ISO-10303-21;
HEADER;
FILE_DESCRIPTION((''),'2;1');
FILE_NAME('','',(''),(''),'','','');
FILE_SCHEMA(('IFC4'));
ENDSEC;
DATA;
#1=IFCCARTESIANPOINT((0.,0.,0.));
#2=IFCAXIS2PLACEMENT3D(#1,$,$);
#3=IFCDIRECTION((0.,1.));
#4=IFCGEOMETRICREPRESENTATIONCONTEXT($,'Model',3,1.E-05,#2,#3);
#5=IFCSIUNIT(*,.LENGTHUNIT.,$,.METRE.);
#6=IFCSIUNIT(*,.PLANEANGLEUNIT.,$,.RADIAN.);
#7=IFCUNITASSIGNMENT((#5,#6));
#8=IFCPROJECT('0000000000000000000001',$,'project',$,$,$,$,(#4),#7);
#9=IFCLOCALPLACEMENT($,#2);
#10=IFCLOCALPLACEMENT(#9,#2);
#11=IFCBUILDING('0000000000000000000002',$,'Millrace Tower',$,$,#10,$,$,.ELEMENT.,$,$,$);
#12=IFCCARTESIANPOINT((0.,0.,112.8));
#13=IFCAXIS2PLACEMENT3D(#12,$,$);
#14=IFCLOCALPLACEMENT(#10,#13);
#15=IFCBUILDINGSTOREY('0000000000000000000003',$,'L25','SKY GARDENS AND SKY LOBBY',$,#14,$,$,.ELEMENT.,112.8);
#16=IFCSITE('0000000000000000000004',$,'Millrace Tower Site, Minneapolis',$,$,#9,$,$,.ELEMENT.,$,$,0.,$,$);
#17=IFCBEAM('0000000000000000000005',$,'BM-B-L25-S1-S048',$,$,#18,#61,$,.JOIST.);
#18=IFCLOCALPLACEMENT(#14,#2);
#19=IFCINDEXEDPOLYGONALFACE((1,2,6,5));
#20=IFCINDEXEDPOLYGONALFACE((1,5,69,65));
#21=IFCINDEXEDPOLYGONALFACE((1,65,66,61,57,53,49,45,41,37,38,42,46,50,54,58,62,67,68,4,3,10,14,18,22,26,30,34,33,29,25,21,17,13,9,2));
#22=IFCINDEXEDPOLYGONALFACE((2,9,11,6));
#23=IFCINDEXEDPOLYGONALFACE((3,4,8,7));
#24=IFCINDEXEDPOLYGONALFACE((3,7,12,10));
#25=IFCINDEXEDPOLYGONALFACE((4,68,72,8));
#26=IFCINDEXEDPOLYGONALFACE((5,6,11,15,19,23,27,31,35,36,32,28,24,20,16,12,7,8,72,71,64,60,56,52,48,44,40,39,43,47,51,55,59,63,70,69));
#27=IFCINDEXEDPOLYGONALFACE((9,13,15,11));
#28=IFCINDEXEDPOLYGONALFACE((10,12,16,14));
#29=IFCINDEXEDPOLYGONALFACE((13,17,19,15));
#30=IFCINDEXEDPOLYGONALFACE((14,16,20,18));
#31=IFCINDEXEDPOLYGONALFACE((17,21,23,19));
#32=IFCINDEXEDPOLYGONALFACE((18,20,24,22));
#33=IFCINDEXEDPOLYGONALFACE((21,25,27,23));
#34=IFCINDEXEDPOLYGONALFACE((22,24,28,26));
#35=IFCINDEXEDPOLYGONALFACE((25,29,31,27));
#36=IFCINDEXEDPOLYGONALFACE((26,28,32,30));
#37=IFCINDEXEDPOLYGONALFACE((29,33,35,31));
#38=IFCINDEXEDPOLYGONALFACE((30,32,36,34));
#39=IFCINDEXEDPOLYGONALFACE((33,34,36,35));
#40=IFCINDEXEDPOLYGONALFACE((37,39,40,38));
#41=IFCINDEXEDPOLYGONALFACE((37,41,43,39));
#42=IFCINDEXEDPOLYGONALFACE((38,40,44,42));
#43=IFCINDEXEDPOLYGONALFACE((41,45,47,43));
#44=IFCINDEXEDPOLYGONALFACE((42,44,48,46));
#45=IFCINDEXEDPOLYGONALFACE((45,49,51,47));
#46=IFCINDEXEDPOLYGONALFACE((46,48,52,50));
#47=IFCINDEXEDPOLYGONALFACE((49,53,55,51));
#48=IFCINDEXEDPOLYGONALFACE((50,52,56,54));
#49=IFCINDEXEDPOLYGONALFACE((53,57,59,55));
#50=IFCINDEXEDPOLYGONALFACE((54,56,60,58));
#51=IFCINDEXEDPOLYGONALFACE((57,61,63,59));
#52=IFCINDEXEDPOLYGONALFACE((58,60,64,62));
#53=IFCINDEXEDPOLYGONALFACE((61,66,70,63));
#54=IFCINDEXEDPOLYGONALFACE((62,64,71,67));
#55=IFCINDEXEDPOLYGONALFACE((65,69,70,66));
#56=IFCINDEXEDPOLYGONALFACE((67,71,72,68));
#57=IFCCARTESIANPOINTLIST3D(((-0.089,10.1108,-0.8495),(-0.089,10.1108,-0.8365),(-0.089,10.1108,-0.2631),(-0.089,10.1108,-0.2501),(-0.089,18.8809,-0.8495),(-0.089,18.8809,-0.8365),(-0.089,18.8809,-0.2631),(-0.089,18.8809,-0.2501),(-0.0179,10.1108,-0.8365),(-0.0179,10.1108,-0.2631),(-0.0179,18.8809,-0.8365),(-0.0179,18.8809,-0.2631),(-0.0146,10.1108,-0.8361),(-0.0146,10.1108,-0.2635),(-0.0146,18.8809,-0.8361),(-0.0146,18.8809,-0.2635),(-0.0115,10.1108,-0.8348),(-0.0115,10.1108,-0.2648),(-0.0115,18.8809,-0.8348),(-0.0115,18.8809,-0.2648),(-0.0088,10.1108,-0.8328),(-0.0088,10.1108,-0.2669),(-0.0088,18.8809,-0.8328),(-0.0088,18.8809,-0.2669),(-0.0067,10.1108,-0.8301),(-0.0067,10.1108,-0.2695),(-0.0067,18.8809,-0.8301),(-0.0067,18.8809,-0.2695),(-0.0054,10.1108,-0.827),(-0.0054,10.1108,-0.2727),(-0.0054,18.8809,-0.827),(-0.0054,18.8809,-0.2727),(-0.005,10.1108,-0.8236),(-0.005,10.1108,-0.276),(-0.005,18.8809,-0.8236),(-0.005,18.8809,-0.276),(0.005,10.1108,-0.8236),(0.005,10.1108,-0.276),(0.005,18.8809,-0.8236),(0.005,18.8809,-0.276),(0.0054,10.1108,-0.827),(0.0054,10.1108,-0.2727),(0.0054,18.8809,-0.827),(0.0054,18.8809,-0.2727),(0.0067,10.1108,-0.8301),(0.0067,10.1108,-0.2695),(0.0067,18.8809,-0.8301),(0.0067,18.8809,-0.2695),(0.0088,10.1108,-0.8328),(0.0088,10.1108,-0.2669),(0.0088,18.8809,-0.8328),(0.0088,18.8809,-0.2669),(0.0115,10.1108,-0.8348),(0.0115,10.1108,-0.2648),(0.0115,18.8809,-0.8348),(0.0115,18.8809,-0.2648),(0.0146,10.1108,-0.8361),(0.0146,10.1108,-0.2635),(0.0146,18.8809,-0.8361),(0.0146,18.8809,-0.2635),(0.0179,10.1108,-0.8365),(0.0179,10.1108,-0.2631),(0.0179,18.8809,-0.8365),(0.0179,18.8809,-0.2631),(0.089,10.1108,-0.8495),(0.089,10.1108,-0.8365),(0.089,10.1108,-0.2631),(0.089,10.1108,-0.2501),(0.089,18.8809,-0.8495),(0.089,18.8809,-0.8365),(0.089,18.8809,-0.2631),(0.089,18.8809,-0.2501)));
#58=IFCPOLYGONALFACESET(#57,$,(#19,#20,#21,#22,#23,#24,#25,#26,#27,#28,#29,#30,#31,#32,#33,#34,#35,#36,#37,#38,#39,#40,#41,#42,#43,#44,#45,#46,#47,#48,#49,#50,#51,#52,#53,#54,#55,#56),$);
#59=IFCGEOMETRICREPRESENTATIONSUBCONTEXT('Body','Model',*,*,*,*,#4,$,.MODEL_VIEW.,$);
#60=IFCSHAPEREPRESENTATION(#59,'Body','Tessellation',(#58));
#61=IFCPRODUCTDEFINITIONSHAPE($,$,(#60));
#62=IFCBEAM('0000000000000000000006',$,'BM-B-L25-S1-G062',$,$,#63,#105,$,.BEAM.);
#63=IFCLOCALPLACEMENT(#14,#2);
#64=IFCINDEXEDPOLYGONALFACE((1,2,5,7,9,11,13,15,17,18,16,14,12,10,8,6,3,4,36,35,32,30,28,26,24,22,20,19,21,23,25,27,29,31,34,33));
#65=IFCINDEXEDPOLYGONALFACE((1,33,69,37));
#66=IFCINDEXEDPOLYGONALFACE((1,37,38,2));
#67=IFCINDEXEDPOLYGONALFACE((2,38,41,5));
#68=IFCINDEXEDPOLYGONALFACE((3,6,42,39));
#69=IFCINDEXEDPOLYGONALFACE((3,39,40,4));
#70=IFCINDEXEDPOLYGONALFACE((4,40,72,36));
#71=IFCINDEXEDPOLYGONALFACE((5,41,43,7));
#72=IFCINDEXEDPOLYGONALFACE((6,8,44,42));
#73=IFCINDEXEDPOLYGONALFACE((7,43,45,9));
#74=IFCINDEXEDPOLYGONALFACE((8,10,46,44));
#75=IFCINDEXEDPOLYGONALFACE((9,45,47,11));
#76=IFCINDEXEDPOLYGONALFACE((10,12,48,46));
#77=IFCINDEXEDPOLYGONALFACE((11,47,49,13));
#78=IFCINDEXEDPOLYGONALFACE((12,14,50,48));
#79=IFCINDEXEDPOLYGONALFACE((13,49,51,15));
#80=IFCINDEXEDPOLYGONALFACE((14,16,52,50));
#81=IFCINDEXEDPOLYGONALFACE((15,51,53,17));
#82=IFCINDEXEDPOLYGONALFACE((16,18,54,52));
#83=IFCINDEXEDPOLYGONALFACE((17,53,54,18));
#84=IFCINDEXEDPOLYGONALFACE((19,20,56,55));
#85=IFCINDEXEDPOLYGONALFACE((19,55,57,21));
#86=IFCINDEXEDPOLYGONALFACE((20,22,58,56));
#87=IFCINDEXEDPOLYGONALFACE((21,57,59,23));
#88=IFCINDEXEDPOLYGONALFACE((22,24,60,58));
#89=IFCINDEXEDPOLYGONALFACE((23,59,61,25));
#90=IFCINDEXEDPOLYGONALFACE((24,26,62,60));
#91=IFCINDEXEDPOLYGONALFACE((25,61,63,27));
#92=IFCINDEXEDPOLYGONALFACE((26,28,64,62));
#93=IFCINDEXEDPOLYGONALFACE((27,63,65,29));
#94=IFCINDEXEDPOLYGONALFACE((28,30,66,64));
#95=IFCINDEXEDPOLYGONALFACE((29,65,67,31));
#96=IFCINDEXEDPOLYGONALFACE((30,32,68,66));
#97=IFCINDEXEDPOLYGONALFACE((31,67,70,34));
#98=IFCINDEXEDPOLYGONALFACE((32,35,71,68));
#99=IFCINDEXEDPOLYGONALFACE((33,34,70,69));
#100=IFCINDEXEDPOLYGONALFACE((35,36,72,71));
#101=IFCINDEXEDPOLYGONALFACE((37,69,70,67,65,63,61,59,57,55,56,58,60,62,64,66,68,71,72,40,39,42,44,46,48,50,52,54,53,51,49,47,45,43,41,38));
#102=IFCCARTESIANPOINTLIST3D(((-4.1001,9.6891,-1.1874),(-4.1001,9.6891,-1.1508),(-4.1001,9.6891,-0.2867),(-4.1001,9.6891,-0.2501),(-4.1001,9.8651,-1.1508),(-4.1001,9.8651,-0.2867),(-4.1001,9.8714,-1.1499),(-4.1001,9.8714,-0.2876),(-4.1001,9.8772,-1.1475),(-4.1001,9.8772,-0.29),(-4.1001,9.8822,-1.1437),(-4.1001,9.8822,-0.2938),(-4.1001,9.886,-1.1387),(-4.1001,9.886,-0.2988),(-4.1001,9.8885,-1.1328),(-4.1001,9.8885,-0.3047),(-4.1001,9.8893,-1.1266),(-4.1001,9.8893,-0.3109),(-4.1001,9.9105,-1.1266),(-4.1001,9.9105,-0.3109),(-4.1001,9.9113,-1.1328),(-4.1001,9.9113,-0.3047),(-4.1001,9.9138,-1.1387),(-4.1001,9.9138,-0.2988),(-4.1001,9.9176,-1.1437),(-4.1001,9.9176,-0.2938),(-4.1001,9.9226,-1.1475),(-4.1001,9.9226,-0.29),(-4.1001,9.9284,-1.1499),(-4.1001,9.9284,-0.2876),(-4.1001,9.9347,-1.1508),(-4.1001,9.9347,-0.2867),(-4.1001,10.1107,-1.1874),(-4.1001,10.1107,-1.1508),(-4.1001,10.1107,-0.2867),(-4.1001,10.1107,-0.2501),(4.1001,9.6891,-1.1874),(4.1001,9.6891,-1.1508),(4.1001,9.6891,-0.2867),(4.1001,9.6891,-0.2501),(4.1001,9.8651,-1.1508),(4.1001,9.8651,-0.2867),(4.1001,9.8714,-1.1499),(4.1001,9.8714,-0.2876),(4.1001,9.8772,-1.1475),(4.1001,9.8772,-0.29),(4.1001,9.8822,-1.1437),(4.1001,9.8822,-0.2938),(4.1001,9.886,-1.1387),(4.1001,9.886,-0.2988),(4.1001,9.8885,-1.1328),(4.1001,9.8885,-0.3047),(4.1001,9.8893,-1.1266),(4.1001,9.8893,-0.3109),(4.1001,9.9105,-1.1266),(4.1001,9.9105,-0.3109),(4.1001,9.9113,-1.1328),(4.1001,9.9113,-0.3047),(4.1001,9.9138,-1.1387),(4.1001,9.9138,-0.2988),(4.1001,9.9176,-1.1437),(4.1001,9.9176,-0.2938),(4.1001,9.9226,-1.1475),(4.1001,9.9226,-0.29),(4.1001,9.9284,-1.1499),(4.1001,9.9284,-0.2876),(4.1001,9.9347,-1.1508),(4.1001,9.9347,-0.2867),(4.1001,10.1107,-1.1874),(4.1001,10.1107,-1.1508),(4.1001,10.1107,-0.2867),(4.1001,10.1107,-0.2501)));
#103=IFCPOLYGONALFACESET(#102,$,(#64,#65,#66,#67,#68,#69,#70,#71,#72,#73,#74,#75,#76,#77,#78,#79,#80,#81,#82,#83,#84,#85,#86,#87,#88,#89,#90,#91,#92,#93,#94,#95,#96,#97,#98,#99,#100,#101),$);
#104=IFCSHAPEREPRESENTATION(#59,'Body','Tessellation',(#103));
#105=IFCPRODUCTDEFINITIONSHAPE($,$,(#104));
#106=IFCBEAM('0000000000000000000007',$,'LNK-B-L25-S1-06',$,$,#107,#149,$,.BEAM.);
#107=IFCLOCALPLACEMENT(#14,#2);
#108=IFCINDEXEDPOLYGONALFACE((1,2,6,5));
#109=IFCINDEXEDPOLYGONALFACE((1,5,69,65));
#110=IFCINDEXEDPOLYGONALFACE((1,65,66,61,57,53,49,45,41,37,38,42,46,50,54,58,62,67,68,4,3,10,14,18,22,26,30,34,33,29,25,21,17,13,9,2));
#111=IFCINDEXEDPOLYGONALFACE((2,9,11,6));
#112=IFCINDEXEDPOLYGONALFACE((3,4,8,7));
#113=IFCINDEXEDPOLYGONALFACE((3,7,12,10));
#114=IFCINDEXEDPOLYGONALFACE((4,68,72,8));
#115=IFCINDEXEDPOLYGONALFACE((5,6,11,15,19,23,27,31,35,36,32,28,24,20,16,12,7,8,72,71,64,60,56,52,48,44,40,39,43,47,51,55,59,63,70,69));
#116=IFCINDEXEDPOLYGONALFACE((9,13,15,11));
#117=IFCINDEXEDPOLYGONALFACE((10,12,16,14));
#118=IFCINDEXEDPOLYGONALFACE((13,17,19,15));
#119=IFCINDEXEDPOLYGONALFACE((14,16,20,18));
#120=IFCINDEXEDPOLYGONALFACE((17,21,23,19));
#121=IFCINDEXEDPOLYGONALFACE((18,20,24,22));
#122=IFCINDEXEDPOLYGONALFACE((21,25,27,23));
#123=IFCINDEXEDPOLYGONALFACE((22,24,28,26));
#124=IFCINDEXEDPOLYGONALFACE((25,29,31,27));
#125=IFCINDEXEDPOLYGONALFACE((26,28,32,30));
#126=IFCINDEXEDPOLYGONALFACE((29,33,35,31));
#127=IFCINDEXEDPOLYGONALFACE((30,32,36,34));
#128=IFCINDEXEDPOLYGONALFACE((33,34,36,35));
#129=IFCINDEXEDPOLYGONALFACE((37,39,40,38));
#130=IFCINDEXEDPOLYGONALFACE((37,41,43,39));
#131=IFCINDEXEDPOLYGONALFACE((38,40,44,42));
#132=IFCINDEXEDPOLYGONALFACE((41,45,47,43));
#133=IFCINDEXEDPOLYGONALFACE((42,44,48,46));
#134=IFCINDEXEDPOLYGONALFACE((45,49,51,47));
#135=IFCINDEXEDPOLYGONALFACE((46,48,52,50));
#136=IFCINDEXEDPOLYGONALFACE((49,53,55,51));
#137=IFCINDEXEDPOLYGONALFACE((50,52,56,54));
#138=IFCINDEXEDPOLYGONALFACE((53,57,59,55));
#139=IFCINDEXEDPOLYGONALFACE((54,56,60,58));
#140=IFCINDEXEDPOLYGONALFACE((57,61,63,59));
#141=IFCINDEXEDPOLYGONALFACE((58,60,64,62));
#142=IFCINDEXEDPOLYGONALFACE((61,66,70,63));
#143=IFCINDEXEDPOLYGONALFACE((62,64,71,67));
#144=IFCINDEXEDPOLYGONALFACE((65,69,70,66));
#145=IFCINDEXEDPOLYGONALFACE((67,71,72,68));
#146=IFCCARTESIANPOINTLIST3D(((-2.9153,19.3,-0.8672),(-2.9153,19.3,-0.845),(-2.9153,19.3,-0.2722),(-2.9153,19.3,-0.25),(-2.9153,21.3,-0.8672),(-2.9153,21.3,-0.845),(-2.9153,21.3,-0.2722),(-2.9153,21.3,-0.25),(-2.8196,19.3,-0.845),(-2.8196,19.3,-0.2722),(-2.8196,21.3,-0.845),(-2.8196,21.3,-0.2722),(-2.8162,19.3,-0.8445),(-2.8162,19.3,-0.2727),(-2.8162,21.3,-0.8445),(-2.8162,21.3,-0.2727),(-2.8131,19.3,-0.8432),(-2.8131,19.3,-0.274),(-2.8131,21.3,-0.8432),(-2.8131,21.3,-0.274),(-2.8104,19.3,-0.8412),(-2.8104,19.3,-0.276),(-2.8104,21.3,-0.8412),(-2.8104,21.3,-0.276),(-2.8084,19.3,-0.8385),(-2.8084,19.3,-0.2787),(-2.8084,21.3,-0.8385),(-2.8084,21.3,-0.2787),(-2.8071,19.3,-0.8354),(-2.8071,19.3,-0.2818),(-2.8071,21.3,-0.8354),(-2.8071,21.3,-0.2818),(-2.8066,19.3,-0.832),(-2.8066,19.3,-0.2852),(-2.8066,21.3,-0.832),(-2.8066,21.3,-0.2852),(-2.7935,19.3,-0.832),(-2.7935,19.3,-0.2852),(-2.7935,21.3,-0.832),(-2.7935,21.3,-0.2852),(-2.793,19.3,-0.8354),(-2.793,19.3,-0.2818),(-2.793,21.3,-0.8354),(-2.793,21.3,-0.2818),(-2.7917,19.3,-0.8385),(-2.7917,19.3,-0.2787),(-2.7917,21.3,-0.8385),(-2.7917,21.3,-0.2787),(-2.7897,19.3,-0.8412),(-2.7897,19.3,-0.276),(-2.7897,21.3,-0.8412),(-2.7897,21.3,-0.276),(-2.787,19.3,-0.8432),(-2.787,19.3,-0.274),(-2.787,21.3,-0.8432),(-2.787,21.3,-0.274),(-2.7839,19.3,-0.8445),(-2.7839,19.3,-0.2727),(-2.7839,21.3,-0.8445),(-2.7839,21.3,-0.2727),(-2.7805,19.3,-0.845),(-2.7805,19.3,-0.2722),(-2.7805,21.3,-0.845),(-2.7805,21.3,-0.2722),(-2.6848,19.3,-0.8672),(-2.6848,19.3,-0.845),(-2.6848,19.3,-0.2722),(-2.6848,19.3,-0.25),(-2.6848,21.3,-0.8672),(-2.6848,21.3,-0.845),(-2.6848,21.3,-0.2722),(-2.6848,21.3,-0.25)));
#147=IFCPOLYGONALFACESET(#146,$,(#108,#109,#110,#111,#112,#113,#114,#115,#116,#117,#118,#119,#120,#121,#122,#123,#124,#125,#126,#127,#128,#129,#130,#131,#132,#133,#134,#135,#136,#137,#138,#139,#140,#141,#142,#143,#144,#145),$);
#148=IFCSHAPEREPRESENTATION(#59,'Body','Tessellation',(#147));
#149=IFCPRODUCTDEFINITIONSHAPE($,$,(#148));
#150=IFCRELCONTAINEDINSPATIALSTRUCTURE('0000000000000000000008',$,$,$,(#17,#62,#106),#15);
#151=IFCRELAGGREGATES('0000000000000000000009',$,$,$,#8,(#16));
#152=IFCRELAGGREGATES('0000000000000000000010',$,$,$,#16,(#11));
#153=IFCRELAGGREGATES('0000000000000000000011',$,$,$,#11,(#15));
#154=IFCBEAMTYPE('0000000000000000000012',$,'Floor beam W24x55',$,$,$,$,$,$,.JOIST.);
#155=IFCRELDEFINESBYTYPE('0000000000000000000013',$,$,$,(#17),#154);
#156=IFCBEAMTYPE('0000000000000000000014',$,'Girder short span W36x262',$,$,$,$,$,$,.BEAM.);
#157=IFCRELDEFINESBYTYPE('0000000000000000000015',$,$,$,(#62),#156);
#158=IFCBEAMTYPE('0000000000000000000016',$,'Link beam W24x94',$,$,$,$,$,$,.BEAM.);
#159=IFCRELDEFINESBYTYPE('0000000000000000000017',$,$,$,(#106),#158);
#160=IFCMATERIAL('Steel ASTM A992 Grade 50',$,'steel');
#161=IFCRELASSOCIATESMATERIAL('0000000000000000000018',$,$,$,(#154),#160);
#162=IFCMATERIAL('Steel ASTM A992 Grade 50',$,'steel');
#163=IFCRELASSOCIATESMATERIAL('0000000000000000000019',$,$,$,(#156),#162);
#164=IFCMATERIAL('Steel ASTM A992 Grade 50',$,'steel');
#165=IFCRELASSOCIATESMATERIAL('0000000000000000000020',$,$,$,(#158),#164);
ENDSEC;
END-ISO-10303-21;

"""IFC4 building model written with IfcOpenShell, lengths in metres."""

from ifc_helpers import new_model, si_unit, direction, frame, origin, origin_2d, place, context, subcontext, project, spatial, i_section, extrude, material, material_profile, profile_set, type_object, element, save


model = new_model("IFC4")

# Units and contexts
model_context = context("Model", 3, precision=1e-05, world=origin(), true_north=direction((0.0, 1.0)))
body_context = subcontext(model_context, "Body", "Model", "MODEL_VIEW")
ifc_project = project(units=[si_unit("LENGTHUNIT", "METRE"), si_unit("PLANEANGLEUNIT", "RADIAN")], contexts=[model_context])

# Site, building, storey
site_placement = place(None, origin())
site = spatial("IfcSite", under=ifc_project, at=site_placement, Name="Millrace Tower Site, Minneapolis", CompositionType="ELEMENT", RefElevation=0.0)
building_placement = place(site_placement, origin())
building = spatial("IfcBuilding", under=site, at=building_placement, Name="Millrace Tower", CompositionType="ELEMENT")
storey_placement = place(building_placement, frame((0.0, 0.0, 112.8)))
storey = spatial("IfcBuildingStorey", under=building, at=storey_placement, Name="L25", Description="SKY GARDENS AND SKY LOBBY", CompositionType="ELEMENT", Elevation=112.8)

# Beams
ifc_material_1 = material(Name="Steel ASTM A992 Grade 50", Category="steel")
ifc_material_profile_1 = material_profile(ifc_material_1, i_section(OverallWidth=0.178, OverallDepth=0.5994, WebThickness=0.01, FlangeThickness=0.0129, FilletRadius=0.0129, at=origin_2d()))
ifc_profile_set_1 = profile_set([ifc_material_profile_1], Name="Steel ASTM A992 Grade 50")
beam_type_1 = type_object("IfcBeamType", Name="Floor beam W24x55", PredefinedType="JOIST", material=ifc_profile_set_1)
for number, where, z_axis, x_axis, name in (
    (1, (0.0, 10.1108, -0.5498), (0.0, 1.0, 0.0), (-1.0, 0.0, 0.0), "BM-B-L25-S1-S048"),
):
    element("IfcBeam", number, at=place(storey_placement, frame(where, z_axis=z_axis, x_axis=x_axis)), inside=storey, type_object=beam_type_1, Name=name, PredefinedType="JOIST", context=body_context, shape_type="SweptSolid", body=[
        extrude(i_section(OverallWidth=0.178, OverallDepth=0.5994, WebThickness=0.01, FlangeThickness=0.0129, FilletRadius=0.0129, at=origin_2d()), origin(), (0.0, 0.0, 1.0), 8.77),
    ])
ifc_material_2 = material(Name="Steel ASTM A992 Grade 50", Category="steel")
ifc_material_profile_2 = material_profile(ifc_material_2, i_section(OverallWidth=0.4216, OverallDepth=0.9373, WebThickness=0.0212, FlangeThickness=0.0366, FilletRadius=0.0242, at=origin_2d()))
ifc_profile_set_2 = profile_set([ifc_material_profile_2], Name="Steel ASTM A992 Grade 50")
beam_type_2 = type_object("IfcBeamType", Name="Girder short span W36x262", PredefinedType="BEAM", material=ifc_profile_set_2)
beam_1_placement = place(storey_placement, frame((-4.1001, 9.8999, -0.7188), z_axis=(1.0, 0.0, 0.0), x_axis=(0.0, 1.0, 0.0)))
element("IfcBeam", 2, at=beam_1_placement, inside=storey, type_object=beam_type_2, Name="BM-B-L25-S1-G062", PredefinedType="BEAM", context=body_context, shape_type="SweptSolid", body=[
    extrude(i_section(OverallWidth=0.4216, OverallDepth=0.9373, WebThickness=0.0212, FlangeThickness=0.0366, FilletRadius=0.0242, at=origin_2d()), origin(), (0.0, 0.0, 1.0), 8.2002),
])
ifc_material_3 = material(Name="Steel ASTM A992 Grade 50", Category="steel")
ifc_material_profile_3 = material_profile(ifc_material_3, i_section(OverallWidth=0.2305, OverallDepth=0.6172, WebThickness=0.0132, FlangeThickness=0.0222, FilletRadius=0.0129, at=origin_2d()))
ifc_profile_set_3 = profile_set([ifc_material_profile_3], Name="Steel ASTM A992 Grade 50")
beam_type_3 = type_object("IfcBeamType", Name="Link beam W24x94", PredefinedType="BEAM", material=ifc_profile_set_3)
beam_2_placement = place(storey_placement, frame((-2.8, 19.3, -0.5586), z_axis=(0.0, 1.0, 0.0), x_axis=(-1.0, 0.0, 0.0)))
element("IfcBeam", 3, at=beam_2_placement, inside=storey, type_object=beam_type_3, Name="LNK-B-L25-S1-06", PredefinedType="BEAM", context=body_context, shape_type="SweptSolid", body=[
    extrude(i_section(OverallWidth=0.2305, OverallDepth=0.6172, WebThickness=0.0132, FlangeThickness=0.0222, FilletRadius=0.0129, at=origin_2d()), origin(), (0.0, 0.0, 1.0), 2.0),
])

save(model, "model.ifc")
